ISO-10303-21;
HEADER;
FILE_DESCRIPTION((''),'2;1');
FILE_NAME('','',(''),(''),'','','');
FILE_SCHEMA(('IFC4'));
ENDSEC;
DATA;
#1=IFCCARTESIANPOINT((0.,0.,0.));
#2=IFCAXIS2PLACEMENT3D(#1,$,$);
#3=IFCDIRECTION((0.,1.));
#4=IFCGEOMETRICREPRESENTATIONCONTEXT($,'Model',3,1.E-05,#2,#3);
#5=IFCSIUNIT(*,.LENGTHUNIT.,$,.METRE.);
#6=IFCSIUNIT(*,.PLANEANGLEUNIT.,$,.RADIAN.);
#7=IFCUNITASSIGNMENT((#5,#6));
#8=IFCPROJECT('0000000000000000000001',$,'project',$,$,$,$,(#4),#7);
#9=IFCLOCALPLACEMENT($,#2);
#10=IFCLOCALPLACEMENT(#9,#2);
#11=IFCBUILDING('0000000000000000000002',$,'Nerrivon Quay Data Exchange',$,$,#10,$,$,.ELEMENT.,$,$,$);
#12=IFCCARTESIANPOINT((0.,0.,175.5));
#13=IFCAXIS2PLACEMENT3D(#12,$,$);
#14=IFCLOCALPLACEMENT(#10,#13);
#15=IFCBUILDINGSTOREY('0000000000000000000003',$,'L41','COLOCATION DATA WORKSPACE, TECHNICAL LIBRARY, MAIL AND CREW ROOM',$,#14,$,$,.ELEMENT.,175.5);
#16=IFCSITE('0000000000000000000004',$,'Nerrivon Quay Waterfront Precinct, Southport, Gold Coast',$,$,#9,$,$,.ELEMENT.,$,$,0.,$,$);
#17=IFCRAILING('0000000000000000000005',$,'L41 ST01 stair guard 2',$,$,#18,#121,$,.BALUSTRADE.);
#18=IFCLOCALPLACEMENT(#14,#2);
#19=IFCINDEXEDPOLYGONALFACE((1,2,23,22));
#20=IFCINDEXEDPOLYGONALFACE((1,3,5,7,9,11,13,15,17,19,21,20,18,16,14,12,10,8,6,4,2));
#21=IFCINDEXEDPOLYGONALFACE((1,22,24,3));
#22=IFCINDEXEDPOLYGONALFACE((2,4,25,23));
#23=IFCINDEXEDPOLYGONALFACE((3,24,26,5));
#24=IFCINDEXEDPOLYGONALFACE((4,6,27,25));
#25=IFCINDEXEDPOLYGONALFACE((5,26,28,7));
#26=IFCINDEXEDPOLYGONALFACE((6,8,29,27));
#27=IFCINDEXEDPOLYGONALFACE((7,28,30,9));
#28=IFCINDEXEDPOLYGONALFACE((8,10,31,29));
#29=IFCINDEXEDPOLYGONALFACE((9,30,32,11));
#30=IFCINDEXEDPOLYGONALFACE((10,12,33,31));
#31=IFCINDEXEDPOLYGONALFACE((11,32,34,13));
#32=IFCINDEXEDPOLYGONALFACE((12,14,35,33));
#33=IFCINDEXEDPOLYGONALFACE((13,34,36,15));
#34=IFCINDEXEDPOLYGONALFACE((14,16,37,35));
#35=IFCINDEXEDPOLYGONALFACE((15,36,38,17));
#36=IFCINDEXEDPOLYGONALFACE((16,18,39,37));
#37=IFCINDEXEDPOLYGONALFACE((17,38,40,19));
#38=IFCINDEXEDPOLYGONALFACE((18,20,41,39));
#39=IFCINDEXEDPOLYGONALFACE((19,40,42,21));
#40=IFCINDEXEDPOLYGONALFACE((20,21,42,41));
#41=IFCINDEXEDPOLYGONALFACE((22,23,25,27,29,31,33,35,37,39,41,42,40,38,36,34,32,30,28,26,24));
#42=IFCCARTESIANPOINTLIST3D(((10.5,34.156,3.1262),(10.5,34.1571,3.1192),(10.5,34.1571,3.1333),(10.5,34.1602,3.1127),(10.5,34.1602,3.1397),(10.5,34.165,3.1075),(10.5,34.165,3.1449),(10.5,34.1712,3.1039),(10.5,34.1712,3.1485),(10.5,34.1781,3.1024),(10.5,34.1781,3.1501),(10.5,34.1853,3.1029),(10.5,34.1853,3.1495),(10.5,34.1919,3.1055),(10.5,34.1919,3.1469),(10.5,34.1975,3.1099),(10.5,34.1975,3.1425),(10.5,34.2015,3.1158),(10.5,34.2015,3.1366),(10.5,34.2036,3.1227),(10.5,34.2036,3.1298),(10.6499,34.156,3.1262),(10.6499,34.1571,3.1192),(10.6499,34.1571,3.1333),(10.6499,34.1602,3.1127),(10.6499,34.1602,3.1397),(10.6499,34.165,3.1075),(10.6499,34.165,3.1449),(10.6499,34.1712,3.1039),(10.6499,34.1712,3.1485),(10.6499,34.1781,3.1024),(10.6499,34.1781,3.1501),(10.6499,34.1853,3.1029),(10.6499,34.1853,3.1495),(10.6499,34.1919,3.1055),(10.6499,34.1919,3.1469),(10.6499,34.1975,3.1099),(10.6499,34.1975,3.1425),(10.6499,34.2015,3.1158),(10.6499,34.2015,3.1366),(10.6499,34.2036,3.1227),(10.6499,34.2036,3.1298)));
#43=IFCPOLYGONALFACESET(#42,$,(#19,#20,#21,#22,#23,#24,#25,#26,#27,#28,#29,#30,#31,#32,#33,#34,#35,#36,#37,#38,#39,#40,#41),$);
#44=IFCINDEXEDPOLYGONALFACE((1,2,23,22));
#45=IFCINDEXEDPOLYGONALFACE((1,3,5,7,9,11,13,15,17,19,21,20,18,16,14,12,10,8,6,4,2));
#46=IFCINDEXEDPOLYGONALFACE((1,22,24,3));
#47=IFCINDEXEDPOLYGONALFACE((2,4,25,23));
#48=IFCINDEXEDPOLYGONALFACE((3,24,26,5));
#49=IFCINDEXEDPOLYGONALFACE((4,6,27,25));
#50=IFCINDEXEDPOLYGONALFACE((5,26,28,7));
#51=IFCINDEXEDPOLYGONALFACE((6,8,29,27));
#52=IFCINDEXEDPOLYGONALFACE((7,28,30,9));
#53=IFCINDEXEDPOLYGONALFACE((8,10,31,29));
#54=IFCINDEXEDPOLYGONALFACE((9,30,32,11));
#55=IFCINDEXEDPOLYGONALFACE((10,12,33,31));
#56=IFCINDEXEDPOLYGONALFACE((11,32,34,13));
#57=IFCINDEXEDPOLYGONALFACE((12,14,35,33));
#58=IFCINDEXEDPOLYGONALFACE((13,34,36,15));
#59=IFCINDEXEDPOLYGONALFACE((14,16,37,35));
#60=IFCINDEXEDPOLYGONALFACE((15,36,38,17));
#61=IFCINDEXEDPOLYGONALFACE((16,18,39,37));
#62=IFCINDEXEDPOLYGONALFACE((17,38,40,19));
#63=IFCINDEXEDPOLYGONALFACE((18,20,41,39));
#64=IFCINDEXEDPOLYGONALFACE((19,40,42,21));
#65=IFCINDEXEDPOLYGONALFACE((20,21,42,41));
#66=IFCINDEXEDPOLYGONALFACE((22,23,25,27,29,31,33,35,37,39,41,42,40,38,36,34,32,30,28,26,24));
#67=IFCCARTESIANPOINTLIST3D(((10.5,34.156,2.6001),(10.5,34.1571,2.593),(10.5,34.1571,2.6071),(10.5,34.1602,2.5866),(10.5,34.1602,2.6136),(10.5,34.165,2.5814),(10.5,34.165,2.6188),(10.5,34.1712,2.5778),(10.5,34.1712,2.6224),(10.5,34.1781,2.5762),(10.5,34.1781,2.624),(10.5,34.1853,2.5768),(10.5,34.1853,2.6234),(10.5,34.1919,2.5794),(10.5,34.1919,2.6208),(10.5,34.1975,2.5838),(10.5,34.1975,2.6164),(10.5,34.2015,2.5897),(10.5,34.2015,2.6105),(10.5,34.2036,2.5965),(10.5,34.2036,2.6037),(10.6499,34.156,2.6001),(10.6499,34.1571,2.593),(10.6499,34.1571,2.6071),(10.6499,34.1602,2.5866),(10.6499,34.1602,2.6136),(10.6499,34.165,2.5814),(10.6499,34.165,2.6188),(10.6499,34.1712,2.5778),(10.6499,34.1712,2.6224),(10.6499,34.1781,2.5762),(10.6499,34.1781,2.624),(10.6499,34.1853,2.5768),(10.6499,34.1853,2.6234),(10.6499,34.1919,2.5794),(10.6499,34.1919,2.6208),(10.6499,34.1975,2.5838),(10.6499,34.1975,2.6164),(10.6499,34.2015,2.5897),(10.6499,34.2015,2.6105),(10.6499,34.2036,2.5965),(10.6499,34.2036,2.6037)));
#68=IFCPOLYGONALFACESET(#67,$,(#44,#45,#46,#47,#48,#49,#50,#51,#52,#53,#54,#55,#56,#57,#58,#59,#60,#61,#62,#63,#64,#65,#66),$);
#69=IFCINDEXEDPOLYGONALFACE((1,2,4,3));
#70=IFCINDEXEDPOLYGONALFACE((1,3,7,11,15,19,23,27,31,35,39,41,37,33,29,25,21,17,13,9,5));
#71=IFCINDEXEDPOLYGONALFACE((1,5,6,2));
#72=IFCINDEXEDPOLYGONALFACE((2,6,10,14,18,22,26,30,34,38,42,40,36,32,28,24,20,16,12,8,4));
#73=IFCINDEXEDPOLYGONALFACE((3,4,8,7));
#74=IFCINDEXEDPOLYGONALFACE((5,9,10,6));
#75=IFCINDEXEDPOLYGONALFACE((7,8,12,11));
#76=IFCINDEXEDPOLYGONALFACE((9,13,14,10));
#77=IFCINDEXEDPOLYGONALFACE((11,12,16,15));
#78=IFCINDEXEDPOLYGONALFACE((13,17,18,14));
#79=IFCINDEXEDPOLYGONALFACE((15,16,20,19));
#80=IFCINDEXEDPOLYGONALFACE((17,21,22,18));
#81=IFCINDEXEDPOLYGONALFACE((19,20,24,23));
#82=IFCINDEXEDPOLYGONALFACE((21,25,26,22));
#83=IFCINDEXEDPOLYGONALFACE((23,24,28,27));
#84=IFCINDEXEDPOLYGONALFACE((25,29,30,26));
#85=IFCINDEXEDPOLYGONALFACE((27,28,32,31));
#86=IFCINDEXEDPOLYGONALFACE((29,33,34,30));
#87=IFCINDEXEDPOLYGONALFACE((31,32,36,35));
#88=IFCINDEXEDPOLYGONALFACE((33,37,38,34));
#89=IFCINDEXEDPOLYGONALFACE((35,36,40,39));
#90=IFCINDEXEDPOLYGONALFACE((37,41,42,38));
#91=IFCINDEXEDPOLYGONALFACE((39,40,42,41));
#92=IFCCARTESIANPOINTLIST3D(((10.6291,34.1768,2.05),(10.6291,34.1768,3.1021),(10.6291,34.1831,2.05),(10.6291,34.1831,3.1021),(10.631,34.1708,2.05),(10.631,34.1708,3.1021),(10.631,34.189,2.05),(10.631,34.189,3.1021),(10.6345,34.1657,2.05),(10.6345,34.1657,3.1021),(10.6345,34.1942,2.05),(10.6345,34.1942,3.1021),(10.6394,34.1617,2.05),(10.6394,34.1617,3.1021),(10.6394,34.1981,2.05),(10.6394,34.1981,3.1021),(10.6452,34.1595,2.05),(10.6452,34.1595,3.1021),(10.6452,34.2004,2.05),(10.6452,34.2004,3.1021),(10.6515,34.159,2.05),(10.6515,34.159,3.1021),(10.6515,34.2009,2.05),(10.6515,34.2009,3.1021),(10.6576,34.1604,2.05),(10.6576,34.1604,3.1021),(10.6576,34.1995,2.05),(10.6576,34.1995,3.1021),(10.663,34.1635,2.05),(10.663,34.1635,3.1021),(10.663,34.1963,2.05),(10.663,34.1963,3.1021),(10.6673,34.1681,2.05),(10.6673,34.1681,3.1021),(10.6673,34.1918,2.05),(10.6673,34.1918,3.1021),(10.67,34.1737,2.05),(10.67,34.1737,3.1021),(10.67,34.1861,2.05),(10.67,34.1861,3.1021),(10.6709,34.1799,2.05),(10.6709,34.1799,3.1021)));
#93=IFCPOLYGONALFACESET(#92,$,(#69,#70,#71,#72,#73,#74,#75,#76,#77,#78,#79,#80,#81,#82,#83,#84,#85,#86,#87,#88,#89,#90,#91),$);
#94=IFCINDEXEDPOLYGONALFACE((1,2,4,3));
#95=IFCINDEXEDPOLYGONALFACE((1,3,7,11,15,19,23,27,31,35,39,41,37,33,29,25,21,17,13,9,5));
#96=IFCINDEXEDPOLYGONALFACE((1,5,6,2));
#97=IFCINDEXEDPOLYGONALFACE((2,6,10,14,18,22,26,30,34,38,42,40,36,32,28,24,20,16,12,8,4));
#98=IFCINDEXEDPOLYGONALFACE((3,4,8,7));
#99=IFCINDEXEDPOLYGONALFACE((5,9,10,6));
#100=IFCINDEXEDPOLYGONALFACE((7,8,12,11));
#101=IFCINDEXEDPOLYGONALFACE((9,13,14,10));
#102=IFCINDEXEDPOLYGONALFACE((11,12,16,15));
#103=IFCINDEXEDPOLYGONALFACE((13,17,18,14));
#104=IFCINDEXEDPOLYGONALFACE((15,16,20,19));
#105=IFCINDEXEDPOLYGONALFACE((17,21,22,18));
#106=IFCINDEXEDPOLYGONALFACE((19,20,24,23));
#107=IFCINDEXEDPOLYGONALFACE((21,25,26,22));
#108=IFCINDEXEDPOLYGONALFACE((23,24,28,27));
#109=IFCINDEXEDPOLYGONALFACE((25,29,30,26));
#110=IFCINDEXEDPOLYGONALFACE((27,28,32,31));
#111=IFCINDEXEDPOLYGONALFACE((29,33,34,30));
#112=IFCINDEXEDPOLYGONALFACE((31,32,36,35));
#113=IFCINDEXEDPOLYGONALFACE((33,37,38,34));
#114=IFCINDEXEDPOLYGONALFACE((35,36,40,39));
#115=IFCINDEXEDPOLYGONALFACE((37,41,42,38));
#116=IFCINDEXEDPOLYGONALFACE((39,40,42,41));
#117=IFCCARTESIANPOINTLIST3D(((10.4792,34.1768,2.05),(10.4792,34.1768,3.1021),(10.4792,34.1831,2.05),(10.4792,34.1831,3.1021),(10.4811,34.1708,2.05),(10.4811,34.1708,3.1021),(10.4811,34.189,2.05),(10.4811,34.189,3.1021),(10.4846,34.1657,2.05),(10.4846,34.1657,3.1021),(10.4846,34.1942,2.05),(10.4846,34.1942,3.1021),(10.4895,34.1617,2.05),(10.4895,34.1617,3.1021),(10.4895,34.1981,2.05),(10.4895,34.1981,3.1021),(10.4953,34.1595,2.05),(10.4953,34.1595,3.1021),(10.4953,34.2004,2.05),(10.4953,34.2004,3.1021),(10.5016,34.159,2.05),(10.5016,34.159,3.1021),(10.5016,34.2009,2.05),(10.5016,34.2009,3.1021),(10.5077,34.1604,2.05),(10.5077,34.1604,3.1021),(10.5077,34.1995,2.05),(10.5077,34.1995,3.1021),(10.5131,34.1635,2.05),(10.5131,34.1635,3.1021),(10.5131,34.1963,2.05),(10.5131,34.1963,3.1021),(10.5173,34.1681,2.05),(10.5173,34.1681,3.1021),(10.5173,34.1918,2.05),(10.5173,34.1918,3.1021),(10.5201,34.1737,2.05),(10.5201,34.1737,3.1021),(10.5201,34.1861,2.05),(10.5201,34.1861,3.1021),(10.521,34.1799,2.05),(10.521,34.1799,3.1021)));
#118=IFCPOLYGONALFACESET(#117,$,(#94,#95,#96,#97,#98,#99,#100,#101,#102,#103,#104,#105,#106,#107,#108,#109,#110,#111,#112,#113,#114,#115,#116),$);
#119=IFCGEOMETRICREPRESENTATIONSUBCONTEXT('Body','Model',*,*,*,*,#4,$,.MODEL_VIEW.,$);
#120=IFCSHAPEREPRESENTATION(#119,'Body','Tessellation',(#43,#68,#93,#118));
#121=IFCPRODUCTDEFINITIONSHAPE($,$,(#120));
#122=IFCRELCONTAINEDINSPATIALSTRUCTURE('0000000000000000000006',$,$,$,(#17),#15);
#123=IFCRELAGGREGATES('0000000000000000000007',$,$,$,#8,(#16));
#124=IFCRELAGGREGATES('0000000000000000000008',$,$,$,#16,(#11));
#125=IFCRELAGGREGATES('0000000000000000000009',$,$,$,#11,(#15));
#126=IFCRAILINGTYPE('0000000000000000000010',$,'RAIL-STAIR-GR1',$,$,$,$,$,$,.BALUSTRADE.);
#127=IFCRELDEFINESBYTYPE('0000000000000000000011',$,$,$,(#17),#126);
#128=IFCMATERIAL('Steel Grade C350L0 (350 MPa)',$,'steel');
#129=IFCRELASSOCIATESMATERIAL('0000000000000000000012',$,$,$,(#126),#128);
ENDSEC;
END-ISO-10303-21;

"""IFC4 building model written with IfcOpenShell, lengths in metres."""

from ifc_helpers import new_model, si_unit, direction, frame, origin, origin_2d, place, context, subcontext, project, spatial, circle, extrude, material, type_object, element, save


model = new_model("IFC4")

# Units and contexts
model_context = context("Model", 3, precision=1e-05, world=origin(), true_north=direction((0.0, 1.0)))
body_context = subcontext(model_context, "Body", "Model", "MODEL_VIEW")
ifc_project = project(units=[si_unit("LENGTHUNIT", "METRE"), si_unit("PLANEANGLEUNIT", "RADIAN")], contexts=[model_context])

# Site, building, storey
site_placement = place(None, origin())
site = spatial("IfcSite", under=ifc_project, at=site_placement, Name="Nerrivon Quay Waterfront Precinct, Southport, Gold Coast", CompositionType="ELEMENT", RefElevation=0.0)
building_placement = place(site_placement, origin())
building = spatial("IfcBuilding", under=site, at=building_placement, Name="Nerrivon Quay Data Exchange", CompositionType="ELEMENT")
storey_placement = place(building_placement, frame((0.0, 0.0, 175.5)))
storey = spatial("IfcBuildingStorey", under=building, at=storey_placement, Name="L41", Description="COLOCATION DATA WORKSPACE, TECHNICAL LIBRARY, MAIL AND CREW ROOM", CompositionType="ELEMENT", Elevation=175.5)

# Shared definitions
ifc_material_1 = material(Name="Steel Grade C350L0 (350 MPa)", Category="steel")

# Railing
railing_type = type_object("IfcRailingType", Name="RAIL-STAIR-GR1", PredefinedType="BALUSTRADE", material=ifc_material_1)
railing_1_placement = place(storey_placement, frame((10.6499, 34.1799, 2.05)))
element("IfcRailing", 1, at=railing_1_placement, inside=storey, type_object=railing_type, Name="L41 ST01 stair guard 2", PredefinedType="BALUSTRADE", context=body_context, shape_type="SweptSolid", body=[
    extrude(circle(Radius=0.0239, at=origin_2d()), frame((0.0, 0.0, 1.0762), z_axis=(-1.0, 0.0, 0.0), x_axis=(0.0, -1.0, 0.0)), (0.0, 0.0, 1.0), 0.1499),
    extrude(circle(Radius=0.0239, at=origin_2d()), frame((0.0, 0.0, 0.55), z_axis=(-1.0, 0.0, 0.0), x_axis=(0.0, -1.0, 0.0)), (0.0, 0.0, 1.0), 0.1499),
    extrude(circle(Radius=0.021, at=origin_2d()), origin(), (0.0, 0.0, 1.0), 1.052),
    extrude(circle(Radius=0.021, at=origin_2d()), frame((-0.1499, 0.0, 0.0)), (0.0, 0.0, 1.0), 1.052),
])

save(model, "model.ifc")
